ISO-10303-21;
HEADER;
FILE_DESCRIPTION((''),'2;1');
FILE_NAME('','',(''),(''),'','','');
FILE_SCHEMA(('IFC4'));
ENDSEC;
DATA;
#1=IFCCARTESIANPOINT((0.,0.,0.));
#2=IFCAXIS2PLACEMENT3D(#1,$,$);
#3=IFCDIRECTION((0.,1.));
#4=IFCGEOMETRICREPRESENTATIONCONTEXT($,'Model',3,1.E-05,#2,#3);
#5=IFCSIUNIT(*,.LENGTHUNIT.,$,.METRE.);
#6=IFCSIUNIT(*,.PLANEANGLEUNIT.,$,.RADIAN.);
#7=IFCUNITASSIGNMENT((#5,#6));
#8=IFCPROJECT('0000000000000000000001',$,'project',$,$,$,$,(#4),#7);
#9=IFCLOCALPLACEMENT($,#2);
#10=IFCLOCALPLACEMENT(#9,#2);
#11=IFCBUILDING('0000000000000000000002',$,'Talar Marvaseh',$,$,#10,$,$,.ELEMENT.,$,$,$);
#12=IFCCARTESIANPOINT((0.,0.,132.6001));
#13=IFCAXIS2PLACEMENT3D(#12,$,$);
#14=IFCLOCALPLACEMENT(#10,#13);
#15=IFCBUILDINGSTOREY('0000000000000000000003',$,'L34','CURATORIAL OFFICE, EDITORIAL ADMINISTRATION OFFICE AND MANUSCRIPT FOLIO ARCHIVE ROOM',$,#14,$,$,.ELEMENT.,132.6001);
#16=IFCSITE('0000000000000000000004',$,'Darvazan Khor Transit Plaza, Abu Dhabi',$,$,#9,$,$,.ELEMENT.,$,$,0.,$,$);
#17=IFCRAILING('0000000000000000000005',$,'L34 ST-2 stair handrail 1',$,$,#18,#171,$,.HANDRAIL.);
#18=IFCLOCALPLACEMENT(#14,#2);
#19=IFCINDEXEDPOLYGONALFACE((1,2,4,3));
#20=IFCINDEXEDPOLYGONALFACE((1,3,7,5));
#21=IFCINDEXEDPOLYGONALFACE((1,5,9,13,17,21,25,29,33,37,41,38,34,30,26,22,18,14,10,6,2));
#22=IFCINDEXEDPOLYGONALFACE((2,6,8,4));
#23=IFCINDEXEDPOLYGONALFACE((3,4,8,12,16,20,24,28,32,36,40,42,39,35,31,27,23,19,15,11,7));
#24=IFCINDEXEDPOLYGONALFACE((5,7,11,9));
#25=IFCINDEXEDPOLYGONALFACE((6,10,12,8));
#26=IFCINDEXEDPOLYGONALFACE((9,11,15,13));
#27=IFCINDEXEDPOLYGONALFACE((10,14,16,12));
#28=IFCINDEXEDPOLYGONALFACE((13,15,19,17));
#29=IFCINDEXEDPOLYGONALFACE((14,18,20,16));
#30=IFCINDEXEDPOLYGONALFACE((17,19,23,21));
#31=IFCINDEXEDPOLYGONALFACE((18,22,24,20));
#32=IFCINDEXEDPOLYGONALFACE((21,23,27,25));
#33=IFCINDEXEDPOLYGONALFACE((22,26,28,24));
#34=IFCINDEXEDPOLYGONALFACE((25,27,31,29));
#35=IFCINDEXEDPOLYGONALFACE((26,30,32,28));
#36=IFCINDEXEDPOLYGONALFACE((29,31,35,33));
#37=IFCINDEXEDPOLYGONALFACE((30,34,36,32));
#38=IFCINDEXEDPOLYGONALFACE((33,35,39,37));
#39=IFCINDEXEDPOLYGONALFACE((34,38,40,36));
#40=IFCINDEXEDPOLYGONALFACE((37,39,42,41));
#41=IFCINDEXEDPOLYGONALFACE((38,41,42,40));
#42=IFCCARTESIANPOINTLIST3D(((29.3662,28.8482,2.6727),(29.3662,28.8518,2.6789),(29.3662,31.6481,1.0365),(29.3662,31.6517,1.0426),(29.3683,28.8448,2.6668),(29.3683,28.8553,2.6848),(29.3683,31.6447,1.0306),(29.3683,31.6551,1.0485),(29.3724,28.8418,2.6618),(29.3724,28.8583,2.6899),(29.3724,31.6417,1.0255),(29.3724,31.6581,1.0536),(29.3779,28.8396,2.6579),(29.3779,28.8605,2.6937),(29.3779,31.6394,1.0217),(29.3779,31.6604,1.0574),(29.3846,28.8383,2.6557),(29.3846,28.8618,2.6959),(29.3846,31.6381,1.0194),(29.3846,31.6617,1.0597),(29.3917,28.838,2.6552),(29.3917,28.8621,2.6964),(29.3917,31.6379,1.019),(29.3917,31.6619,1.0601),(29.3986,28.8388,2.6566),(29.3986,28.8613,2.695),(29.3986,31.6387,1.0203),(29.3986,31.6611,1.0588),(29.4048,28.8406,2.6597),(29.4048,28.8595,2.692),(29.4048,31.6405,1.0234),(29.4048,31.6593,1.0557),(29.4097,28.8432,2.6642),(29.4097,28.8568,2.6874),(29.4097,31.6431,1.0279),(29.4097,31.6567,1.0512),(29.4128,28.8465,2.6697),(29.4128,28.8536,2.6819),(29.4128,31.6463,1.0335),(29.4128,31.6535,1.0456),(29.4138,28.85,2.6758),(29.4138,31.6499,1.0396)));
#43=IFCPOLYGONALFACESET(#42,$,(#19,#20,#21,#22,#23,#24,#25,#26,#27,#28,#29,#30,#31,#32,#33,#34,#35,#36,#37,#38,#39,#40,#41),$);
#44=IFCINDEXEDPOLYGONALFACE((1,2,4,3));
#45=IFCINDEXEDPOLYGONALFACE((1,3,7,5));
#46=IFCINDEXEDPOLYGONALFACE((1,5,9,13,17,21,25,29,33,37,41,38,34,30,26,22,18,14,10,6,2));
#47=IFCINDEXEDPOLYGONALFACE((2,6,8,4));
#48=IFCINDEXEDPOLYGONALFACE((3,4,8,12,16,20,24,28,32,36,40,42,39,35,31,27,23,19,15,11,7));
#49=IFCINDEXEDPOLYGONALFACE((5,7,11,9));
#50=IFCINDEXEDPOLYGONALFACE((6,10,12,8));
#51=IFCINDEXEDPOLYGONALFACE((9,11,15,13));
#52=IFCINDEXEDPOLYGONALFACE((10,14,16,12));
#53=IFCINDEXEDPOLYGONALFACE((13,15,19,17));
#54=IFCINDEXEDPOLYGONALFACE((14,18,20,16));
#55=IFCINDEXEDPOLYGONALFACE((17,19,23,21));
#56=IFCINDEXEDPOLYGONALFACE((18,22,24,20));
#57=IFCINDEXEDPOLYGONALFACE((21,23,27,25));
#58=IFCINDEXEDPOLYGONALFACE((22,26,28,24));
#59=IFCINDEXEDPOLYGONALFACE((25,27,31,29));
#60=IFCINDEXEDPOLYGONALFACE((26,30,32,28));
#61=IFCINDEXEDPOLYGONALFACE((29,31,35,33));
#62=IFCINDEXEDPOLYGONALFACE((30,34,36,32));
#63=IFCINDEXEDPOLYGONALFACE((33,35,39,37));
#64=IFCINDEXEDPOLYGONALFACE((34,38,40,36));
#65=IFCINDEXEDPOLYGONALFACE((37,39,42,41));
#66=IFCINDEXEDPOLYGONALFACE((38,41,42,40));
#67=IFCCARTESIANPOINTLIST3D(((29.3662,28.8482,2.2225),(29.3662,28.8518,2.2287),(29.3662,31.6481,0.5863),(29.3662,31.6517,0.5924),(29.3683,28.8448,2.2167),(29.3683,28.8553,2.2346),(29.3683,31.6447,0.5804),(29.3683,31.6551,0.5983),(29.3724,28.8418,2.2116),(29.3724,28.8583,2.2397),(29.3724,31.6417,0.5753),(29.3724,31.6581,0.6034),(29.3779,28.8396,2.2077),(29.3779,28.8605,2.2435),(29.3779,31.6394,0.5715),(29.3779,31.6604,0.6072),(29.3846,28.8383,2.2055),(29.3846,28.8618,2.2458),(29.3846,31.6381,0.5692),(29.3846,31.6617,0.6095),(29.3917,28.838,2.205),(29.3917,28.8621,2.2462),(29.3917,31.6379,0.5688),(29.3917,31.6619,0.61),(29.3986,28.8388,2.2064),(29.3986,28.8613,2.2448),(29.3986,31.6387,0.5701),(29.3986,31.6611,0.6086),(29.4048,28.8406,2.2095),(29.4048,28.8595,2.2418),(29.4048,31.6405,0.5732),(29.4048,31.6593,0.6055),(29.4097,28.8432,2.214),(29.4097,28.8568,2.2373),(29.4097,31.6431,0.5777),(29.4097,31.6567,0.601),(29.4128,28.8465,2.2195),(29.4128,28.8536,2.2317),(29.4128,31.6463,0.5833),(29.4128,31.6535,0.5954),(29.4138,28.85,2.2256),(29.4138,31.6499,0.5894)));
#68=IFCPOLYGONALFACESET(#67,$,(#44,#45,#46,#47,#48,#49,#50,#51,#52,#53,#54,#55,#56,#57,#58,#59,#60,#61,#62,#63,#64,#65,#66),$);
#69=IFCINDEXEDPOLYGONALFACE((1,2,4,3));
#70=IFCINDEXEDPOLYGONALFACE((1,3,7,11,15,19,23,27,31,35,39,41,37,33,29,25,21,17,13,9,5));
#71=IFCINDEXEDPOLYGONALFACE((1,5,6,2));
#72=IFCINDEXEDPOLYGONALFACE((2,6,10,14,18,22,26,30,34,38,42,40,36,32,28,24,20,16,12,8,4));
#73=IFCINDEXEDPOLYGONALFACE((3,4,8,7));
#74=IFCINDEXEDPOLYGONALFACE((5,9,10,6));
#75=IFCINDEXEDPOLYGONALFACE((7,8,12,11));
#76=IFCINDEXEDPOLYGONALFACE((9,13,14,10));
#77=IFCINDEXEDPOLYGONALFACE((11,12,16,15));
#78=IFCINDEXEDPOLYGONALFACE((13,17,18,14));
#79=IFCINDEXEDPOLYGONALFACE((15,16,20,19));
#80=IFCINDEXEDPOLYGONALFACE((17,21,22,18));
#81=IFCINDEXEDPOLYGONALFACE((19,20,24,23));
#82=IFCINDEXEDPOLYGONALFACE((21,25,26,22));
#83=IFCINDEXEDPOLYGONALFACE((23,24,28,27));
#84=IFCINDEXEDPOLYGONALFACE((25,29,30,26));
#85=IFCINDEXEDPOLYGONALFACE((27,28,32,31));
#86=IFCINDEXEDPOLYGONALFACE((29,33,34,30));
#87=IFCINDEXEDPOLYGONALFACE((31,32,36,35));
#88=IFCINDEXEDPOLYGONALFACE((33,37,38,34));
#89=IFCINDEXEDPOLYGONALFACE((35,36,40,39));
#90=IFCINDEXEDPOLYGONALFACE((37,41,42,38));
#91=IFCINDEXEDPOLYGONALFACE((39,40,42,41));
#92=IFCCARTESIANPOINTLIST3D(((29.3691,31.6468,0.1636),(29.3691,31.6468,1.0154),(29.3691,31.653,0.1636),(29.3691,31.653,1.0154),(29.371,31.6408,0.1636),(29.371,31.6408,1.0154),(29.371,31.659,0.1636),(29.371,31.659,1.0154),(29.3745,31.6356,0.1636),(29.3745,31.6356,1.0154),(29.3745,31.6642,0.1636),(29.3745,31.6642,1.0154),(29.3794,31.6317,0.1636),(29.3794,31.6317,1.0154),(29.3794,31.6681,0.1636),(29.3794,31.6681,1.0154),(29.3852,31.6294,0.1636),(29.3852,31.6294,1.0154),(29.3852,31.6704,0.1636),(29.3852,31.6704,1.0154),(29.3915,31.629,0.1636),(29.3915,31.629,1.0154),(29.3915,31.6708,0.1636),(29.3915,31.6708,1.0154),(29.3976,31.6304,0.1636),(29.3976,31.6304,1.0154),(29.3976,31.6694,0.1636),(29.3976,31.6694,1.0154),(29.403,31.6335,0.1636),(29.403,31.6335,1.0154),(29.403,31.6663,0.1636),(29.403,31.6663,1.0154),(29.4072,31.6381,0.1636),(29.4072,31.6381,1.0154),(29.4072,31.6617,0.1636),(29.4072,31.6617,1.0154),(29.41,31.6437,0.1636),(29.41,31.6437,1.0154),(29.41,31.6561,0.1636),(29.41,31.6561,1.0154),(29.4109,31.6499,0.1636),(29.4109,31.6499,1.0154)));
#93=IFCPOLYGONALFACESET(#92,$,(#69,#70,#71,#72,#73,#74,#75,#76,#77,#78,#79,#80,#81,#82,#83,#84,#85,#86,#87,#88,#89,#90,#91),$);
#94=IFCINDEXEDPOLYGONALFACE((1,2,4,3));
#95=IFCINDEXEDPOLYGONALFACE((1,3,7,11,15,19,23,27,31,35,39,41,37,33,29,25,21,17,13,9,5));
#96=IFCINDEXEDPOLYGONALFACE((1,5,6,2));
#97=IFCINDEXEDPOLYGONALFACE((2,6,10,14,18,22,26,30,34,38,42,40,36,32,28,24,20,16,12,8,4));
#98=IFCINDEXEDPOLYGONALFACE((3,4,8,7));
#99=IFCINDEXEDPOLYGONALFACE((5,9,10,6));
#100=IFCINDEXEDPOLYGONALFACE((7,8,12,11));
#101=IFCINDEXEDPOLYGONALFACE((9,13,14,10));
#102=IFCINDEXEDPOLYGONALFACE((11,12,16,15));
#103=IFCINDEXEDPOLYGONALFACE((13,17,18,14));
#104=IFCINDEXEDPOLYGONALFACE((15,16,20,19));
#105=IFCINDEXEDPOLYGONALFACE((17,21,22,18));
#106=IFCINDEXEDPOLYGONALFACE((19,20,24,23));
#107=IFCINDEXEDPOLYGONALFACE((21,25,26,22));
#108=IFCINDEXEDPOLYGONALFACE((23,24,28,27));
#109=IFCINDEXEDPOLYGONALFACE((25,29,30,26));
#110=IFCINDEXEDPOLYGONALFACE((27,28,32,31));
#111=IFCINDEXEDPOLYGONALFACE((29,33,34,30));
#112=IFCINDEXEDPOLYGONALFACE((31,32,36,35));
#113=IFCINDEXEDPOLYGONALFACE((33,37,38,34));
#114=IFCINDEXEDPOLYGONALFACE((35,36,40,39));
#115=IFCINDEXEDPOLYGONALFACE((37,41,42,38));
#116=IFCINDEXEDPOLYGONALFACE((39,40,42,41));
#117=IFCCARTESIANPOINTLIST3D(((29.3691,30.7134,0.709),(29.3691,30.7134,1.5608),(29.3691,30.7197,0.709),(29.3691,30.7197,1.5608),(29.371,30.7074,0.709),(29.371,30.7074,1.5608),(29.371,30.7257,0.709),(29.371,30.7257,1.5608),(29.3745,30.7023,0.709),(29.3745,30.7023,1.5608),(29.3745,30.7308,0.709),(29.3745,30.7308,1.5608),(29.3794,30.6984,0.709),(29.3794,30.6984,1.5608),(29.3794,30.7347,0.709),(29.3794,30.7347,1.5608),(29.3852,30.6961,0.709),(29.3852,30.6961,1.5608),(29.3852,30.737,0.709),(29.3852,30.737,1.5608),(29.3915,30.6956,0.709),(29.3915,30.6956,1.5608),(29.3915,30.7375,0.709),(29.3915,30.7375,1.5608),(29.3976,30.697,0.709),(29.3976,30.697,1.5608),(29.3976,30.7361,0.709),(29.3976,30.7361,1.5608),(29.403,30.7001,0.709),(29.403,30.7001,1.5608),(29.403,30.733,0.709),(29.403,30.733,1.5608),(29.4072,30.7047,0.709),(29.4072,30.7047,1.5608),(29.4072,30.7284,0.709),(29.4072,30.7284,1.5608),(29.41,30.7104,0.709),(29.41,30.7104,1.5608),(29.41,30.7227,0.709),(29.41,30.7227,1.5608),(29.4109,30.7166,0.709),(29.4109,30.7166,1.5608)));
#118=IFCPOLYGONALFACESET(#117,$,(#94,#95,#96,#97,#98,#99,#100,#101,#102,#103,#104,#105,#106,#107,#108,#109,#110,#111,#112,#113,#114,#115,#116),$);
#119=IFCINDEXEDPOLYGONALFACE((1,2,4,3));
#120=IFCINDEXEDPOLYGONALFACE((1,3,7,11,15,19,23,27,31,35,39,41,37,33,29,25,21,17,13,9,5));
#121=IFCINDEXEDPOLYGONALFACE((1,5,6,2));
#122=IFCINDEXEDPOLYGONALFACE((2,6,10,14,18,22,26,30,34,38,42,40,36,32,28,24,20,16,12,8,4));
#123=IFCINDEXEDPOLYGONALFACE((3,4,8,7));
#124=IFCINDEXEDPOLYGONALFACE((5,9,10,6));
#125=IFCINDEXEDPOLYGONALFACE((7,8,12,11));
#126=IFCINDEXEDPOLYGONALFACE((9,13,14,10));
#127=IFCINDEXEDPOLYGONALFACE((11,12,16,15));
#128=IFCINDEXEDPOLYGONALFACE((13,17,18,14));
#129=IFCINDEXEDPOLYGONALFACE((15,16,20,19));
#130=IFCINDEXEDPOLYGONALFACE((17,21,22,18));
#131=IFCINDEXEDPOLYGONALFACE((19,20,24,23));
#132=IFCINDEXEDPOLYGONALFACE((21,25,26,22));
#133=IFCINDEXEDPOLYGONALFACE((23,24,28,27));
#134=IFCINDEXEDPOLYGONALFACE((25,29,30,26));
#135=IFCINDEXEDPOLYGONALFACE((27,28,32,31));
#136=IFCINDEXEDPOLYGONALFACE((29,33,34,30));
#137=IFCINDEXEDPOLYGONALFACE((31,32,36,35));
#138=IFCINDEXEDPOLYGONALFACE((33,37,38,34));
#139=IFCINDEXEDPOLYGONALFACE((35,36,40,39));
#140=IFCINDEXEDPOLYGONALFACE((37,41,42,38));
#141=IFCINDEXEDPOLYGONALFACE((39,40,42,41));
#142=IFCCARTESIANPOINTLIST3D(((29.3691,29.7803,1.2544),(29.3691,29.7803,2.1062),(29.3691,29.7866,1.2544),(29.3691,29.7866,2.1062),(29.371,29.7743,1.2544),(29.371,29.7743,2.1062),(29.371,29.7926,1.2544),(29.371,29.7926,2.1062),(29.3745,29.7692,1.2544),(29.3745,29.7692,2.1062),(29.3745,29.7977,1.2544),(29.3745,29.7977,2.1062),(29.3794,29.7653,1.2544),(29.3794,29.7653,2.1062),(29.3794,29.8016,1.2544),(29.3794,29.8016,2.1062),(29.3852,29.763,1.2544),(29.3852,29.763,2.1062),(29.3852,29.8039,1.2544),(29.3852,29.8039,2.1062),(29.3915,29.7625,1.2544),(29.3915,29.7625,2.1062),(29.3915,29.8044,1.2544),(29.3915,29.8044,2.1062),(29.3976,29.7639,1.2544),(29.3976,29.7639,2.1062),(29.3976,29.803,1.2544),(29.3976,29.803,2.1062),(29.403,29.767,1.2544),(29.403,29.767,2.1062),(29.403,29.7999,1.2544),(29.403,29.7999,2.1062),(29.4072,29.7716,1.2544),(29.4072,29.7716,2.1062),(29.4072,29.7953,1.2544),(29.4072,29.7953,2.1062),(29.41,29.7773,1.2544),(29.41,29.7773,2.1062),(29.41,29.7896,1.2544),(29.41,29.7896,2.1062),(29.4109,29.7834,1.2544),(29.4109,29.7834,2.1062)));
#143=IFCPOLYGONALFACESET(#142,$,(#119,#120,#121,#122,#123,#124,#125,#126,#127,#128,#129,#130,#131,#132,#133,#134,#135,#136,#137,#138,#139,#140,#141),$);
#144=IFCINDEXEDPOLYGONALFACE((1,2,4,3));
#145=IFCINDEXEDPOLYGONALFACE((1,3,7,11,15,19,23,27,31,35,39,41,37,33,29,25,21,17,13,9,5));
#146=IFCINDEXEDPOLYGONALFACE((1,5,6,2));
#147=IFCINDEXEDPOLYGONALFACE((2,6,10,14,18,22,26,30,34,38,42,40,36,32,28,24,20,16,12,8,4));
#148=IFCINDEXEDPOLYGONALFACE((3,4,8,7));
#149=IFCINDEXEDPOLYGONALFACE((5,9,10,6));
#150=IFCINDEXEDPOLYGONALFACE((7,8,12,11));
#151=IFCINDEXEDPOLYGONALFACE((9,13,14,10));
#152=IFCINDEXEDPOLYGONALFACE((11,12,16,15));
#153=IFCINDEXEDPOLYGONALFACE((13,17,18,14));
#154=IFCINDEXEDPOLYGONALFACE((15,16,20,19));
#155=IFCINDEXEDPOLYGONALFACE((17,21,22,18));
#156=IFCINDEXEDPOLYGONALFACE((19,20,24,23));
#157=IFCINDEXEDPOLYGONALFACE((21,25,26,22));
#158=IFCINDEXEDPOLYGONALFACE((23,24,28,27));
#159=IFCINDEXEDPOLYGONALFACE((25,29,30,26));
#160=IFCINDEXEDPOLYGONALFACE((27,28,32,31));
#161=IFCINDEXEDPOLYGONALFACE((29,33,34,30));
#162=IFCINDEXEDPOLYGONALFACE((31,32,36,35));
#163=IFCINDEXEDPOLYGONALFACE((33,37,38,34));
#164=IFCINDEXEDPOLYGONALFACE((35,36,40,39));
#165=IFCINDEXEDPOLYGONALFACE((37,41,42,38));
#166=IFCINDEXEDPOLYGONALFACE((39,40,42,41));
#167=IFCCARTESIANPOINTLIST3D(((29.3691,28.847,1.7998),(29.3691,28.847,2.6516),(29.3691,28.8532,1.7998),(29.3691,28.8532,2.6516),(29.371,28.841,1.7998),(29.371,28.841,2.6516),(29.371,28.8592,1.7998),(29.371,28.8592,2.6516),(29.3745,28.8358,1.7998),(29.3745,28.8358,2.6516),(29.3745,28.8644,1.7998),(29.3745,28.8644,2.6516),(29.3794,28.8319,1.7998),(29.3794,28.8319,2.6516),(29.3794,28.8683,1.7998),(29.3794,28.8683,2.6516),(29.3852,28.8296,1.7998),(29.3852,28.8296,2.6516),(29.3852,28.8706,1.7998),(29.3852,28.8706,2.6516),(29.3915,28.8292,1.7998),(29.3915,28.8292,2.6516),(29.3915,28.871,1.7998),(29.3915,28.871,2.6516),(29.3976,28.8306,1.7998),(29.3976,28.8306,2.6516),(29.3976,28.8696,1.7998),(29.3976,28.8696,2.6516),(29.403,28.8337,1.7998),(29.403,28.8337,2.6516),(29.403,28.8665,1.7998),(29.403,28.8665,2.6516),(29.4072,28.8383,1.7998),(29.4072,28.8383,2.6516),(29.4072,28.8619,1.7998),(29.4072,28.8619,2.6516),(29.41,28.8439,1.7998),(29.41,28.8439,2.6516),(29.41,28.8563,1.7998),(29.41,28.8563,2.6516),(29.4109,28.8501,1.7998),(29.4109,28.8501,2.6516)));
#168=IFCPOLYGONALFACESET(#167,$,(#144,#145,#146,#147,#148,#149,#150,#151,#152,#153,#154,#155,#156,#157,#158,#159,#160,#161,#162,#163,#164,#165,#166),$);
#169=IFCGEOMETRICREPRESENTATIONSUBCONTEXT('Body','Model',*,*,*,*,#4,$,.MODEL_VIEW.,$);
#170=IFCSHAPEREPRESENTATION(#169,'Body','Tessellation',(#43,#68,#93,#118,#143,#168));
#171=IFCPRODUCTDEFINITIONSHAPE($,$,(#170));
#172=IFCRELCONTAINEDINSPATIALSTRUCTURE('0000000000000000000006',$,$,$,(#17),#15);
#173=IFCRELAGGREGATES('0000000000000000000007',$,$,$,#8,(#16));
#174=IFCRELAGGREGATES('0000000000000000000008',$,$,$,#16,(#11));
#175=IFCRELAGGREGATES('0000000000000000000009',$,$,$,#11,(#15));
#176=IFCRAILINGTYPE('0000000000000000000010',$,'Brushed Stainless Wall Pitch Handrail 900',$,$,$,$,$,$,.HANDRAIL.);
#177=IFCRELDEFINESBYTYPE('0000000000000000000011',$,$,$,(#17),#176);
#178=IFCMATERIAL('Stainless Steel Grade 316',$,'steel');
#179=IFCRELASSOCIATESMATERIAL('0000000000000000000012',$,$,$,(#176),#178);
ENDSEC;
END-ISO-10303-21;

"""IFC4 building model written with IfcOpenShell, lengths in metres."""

from ifc_helpers import new_model, si_unit, direction, frame, origin, origin_2d, place, context, subcontext, project, spatial, circle, extrude, material, type_object, element, save


model = new_model("IFC4")

# Units and contexts
model_context = context("Model", 3, precision=1e-05, world=origin(), true_north=direction((0.0, 1.0)))
body_context = subcontext(model_context, "Body", "Model", "MODEL_VIEW")
ifc_project = project(units=[si_unit("LENGTHUNIT", "METRE"), si_unit("PLANEANGLEUNIT", "RADIAN")], contexts=[model_context])

# Site, building, storey
site_placement = place(None, origin())
site = spatial("IfcSite", under=ifc_project, at=site_placement, Name="Darvazan Khor Transit Plaza, Abu Dhabi", CompositionType="ELEMENT", RefElevation=0.0)
building_placement = place(site_placement, origin())
building = spatial("IfcBuilding", under=site, at=building_placement, Name="Talar Marvaseh", CompositionType="ELEMENT")
storey_placement = place(building_placement, frame((0.0, 0.0, 132.6001)))
storey = spatial("IfcBuildingStorey", under=building, at=storey_placement, Name="L34", Description="CURATORIAL OFFICE, EDITORIAL ADMINISTRATION OFFICE AND MANUSCRIPT FOLIO ARCHIVE ROOM", CompositionType="ELEMENT", Elevation=132.6001)

# Shared definitions
ifc_material_1 = material(Name="Stainless Steel Grade 316", Category="steel")

# Railing
railing_type_1 = type_object("IfcRailingType", Name="Brushed Stainless Wall Pitch Handrail 900", PredefinedType="HANDRAIL", material=ifc_material_1)
railing_1_placement = place(storey_placement, frame((29.3899, 31.6499, 0.1636)))
element("IfcRailing", 1, at=railing_1_placement, inside=storey, type_object=railing_type_1, Name="L34 ST-2 stair handrail 1", PredefinedType="HANDRAIL", context=body_context, shape_type="SweptSolid", body=[
    extrude(circle(Radius=0.0239, at=origin_2d()), frame((0.0, 0.0, 0.876), z_axis=(0.0, -0.863374, 0.504564), x_axis=(1.0, 0.0, 0.0)), (0.0, 0.0, 1.0), 3.2429),
    extrude(circle(Radius=0.0239, at=origin_2d()), frame((0.0, 0.0, 0.4258), z_axis=(0.0, -0.863374, 0.504564), x_axis=(1.0, 0.0, 0.0)), (0.0, 0.0, 1.0), 3.2429),
    extrude(circle(Radius=0.021, at=origin_2d()), origin(), (0.0, 0.0, 1.0), 0.8518),
    extrude(circle(Radius=0.021, at=origin_2d()), frame((0.0, -0.9333, 0.5454)), (0.0, 0.0, 1.0), 0.8518),
    extrude(circle(Radius=0.021, at=origin_2d()), frame((0.0, -1.8665, 1.0908)), (0.0, 0.0, 1.0), 0.8518),
    extrude(circle(Radius=0.021, at=origin_2d()), frame((0.0, -2.7998, 1.6362)), (0.0, 0.0, 1.0), 0.8518),
])

save(model, "model.ifc")
